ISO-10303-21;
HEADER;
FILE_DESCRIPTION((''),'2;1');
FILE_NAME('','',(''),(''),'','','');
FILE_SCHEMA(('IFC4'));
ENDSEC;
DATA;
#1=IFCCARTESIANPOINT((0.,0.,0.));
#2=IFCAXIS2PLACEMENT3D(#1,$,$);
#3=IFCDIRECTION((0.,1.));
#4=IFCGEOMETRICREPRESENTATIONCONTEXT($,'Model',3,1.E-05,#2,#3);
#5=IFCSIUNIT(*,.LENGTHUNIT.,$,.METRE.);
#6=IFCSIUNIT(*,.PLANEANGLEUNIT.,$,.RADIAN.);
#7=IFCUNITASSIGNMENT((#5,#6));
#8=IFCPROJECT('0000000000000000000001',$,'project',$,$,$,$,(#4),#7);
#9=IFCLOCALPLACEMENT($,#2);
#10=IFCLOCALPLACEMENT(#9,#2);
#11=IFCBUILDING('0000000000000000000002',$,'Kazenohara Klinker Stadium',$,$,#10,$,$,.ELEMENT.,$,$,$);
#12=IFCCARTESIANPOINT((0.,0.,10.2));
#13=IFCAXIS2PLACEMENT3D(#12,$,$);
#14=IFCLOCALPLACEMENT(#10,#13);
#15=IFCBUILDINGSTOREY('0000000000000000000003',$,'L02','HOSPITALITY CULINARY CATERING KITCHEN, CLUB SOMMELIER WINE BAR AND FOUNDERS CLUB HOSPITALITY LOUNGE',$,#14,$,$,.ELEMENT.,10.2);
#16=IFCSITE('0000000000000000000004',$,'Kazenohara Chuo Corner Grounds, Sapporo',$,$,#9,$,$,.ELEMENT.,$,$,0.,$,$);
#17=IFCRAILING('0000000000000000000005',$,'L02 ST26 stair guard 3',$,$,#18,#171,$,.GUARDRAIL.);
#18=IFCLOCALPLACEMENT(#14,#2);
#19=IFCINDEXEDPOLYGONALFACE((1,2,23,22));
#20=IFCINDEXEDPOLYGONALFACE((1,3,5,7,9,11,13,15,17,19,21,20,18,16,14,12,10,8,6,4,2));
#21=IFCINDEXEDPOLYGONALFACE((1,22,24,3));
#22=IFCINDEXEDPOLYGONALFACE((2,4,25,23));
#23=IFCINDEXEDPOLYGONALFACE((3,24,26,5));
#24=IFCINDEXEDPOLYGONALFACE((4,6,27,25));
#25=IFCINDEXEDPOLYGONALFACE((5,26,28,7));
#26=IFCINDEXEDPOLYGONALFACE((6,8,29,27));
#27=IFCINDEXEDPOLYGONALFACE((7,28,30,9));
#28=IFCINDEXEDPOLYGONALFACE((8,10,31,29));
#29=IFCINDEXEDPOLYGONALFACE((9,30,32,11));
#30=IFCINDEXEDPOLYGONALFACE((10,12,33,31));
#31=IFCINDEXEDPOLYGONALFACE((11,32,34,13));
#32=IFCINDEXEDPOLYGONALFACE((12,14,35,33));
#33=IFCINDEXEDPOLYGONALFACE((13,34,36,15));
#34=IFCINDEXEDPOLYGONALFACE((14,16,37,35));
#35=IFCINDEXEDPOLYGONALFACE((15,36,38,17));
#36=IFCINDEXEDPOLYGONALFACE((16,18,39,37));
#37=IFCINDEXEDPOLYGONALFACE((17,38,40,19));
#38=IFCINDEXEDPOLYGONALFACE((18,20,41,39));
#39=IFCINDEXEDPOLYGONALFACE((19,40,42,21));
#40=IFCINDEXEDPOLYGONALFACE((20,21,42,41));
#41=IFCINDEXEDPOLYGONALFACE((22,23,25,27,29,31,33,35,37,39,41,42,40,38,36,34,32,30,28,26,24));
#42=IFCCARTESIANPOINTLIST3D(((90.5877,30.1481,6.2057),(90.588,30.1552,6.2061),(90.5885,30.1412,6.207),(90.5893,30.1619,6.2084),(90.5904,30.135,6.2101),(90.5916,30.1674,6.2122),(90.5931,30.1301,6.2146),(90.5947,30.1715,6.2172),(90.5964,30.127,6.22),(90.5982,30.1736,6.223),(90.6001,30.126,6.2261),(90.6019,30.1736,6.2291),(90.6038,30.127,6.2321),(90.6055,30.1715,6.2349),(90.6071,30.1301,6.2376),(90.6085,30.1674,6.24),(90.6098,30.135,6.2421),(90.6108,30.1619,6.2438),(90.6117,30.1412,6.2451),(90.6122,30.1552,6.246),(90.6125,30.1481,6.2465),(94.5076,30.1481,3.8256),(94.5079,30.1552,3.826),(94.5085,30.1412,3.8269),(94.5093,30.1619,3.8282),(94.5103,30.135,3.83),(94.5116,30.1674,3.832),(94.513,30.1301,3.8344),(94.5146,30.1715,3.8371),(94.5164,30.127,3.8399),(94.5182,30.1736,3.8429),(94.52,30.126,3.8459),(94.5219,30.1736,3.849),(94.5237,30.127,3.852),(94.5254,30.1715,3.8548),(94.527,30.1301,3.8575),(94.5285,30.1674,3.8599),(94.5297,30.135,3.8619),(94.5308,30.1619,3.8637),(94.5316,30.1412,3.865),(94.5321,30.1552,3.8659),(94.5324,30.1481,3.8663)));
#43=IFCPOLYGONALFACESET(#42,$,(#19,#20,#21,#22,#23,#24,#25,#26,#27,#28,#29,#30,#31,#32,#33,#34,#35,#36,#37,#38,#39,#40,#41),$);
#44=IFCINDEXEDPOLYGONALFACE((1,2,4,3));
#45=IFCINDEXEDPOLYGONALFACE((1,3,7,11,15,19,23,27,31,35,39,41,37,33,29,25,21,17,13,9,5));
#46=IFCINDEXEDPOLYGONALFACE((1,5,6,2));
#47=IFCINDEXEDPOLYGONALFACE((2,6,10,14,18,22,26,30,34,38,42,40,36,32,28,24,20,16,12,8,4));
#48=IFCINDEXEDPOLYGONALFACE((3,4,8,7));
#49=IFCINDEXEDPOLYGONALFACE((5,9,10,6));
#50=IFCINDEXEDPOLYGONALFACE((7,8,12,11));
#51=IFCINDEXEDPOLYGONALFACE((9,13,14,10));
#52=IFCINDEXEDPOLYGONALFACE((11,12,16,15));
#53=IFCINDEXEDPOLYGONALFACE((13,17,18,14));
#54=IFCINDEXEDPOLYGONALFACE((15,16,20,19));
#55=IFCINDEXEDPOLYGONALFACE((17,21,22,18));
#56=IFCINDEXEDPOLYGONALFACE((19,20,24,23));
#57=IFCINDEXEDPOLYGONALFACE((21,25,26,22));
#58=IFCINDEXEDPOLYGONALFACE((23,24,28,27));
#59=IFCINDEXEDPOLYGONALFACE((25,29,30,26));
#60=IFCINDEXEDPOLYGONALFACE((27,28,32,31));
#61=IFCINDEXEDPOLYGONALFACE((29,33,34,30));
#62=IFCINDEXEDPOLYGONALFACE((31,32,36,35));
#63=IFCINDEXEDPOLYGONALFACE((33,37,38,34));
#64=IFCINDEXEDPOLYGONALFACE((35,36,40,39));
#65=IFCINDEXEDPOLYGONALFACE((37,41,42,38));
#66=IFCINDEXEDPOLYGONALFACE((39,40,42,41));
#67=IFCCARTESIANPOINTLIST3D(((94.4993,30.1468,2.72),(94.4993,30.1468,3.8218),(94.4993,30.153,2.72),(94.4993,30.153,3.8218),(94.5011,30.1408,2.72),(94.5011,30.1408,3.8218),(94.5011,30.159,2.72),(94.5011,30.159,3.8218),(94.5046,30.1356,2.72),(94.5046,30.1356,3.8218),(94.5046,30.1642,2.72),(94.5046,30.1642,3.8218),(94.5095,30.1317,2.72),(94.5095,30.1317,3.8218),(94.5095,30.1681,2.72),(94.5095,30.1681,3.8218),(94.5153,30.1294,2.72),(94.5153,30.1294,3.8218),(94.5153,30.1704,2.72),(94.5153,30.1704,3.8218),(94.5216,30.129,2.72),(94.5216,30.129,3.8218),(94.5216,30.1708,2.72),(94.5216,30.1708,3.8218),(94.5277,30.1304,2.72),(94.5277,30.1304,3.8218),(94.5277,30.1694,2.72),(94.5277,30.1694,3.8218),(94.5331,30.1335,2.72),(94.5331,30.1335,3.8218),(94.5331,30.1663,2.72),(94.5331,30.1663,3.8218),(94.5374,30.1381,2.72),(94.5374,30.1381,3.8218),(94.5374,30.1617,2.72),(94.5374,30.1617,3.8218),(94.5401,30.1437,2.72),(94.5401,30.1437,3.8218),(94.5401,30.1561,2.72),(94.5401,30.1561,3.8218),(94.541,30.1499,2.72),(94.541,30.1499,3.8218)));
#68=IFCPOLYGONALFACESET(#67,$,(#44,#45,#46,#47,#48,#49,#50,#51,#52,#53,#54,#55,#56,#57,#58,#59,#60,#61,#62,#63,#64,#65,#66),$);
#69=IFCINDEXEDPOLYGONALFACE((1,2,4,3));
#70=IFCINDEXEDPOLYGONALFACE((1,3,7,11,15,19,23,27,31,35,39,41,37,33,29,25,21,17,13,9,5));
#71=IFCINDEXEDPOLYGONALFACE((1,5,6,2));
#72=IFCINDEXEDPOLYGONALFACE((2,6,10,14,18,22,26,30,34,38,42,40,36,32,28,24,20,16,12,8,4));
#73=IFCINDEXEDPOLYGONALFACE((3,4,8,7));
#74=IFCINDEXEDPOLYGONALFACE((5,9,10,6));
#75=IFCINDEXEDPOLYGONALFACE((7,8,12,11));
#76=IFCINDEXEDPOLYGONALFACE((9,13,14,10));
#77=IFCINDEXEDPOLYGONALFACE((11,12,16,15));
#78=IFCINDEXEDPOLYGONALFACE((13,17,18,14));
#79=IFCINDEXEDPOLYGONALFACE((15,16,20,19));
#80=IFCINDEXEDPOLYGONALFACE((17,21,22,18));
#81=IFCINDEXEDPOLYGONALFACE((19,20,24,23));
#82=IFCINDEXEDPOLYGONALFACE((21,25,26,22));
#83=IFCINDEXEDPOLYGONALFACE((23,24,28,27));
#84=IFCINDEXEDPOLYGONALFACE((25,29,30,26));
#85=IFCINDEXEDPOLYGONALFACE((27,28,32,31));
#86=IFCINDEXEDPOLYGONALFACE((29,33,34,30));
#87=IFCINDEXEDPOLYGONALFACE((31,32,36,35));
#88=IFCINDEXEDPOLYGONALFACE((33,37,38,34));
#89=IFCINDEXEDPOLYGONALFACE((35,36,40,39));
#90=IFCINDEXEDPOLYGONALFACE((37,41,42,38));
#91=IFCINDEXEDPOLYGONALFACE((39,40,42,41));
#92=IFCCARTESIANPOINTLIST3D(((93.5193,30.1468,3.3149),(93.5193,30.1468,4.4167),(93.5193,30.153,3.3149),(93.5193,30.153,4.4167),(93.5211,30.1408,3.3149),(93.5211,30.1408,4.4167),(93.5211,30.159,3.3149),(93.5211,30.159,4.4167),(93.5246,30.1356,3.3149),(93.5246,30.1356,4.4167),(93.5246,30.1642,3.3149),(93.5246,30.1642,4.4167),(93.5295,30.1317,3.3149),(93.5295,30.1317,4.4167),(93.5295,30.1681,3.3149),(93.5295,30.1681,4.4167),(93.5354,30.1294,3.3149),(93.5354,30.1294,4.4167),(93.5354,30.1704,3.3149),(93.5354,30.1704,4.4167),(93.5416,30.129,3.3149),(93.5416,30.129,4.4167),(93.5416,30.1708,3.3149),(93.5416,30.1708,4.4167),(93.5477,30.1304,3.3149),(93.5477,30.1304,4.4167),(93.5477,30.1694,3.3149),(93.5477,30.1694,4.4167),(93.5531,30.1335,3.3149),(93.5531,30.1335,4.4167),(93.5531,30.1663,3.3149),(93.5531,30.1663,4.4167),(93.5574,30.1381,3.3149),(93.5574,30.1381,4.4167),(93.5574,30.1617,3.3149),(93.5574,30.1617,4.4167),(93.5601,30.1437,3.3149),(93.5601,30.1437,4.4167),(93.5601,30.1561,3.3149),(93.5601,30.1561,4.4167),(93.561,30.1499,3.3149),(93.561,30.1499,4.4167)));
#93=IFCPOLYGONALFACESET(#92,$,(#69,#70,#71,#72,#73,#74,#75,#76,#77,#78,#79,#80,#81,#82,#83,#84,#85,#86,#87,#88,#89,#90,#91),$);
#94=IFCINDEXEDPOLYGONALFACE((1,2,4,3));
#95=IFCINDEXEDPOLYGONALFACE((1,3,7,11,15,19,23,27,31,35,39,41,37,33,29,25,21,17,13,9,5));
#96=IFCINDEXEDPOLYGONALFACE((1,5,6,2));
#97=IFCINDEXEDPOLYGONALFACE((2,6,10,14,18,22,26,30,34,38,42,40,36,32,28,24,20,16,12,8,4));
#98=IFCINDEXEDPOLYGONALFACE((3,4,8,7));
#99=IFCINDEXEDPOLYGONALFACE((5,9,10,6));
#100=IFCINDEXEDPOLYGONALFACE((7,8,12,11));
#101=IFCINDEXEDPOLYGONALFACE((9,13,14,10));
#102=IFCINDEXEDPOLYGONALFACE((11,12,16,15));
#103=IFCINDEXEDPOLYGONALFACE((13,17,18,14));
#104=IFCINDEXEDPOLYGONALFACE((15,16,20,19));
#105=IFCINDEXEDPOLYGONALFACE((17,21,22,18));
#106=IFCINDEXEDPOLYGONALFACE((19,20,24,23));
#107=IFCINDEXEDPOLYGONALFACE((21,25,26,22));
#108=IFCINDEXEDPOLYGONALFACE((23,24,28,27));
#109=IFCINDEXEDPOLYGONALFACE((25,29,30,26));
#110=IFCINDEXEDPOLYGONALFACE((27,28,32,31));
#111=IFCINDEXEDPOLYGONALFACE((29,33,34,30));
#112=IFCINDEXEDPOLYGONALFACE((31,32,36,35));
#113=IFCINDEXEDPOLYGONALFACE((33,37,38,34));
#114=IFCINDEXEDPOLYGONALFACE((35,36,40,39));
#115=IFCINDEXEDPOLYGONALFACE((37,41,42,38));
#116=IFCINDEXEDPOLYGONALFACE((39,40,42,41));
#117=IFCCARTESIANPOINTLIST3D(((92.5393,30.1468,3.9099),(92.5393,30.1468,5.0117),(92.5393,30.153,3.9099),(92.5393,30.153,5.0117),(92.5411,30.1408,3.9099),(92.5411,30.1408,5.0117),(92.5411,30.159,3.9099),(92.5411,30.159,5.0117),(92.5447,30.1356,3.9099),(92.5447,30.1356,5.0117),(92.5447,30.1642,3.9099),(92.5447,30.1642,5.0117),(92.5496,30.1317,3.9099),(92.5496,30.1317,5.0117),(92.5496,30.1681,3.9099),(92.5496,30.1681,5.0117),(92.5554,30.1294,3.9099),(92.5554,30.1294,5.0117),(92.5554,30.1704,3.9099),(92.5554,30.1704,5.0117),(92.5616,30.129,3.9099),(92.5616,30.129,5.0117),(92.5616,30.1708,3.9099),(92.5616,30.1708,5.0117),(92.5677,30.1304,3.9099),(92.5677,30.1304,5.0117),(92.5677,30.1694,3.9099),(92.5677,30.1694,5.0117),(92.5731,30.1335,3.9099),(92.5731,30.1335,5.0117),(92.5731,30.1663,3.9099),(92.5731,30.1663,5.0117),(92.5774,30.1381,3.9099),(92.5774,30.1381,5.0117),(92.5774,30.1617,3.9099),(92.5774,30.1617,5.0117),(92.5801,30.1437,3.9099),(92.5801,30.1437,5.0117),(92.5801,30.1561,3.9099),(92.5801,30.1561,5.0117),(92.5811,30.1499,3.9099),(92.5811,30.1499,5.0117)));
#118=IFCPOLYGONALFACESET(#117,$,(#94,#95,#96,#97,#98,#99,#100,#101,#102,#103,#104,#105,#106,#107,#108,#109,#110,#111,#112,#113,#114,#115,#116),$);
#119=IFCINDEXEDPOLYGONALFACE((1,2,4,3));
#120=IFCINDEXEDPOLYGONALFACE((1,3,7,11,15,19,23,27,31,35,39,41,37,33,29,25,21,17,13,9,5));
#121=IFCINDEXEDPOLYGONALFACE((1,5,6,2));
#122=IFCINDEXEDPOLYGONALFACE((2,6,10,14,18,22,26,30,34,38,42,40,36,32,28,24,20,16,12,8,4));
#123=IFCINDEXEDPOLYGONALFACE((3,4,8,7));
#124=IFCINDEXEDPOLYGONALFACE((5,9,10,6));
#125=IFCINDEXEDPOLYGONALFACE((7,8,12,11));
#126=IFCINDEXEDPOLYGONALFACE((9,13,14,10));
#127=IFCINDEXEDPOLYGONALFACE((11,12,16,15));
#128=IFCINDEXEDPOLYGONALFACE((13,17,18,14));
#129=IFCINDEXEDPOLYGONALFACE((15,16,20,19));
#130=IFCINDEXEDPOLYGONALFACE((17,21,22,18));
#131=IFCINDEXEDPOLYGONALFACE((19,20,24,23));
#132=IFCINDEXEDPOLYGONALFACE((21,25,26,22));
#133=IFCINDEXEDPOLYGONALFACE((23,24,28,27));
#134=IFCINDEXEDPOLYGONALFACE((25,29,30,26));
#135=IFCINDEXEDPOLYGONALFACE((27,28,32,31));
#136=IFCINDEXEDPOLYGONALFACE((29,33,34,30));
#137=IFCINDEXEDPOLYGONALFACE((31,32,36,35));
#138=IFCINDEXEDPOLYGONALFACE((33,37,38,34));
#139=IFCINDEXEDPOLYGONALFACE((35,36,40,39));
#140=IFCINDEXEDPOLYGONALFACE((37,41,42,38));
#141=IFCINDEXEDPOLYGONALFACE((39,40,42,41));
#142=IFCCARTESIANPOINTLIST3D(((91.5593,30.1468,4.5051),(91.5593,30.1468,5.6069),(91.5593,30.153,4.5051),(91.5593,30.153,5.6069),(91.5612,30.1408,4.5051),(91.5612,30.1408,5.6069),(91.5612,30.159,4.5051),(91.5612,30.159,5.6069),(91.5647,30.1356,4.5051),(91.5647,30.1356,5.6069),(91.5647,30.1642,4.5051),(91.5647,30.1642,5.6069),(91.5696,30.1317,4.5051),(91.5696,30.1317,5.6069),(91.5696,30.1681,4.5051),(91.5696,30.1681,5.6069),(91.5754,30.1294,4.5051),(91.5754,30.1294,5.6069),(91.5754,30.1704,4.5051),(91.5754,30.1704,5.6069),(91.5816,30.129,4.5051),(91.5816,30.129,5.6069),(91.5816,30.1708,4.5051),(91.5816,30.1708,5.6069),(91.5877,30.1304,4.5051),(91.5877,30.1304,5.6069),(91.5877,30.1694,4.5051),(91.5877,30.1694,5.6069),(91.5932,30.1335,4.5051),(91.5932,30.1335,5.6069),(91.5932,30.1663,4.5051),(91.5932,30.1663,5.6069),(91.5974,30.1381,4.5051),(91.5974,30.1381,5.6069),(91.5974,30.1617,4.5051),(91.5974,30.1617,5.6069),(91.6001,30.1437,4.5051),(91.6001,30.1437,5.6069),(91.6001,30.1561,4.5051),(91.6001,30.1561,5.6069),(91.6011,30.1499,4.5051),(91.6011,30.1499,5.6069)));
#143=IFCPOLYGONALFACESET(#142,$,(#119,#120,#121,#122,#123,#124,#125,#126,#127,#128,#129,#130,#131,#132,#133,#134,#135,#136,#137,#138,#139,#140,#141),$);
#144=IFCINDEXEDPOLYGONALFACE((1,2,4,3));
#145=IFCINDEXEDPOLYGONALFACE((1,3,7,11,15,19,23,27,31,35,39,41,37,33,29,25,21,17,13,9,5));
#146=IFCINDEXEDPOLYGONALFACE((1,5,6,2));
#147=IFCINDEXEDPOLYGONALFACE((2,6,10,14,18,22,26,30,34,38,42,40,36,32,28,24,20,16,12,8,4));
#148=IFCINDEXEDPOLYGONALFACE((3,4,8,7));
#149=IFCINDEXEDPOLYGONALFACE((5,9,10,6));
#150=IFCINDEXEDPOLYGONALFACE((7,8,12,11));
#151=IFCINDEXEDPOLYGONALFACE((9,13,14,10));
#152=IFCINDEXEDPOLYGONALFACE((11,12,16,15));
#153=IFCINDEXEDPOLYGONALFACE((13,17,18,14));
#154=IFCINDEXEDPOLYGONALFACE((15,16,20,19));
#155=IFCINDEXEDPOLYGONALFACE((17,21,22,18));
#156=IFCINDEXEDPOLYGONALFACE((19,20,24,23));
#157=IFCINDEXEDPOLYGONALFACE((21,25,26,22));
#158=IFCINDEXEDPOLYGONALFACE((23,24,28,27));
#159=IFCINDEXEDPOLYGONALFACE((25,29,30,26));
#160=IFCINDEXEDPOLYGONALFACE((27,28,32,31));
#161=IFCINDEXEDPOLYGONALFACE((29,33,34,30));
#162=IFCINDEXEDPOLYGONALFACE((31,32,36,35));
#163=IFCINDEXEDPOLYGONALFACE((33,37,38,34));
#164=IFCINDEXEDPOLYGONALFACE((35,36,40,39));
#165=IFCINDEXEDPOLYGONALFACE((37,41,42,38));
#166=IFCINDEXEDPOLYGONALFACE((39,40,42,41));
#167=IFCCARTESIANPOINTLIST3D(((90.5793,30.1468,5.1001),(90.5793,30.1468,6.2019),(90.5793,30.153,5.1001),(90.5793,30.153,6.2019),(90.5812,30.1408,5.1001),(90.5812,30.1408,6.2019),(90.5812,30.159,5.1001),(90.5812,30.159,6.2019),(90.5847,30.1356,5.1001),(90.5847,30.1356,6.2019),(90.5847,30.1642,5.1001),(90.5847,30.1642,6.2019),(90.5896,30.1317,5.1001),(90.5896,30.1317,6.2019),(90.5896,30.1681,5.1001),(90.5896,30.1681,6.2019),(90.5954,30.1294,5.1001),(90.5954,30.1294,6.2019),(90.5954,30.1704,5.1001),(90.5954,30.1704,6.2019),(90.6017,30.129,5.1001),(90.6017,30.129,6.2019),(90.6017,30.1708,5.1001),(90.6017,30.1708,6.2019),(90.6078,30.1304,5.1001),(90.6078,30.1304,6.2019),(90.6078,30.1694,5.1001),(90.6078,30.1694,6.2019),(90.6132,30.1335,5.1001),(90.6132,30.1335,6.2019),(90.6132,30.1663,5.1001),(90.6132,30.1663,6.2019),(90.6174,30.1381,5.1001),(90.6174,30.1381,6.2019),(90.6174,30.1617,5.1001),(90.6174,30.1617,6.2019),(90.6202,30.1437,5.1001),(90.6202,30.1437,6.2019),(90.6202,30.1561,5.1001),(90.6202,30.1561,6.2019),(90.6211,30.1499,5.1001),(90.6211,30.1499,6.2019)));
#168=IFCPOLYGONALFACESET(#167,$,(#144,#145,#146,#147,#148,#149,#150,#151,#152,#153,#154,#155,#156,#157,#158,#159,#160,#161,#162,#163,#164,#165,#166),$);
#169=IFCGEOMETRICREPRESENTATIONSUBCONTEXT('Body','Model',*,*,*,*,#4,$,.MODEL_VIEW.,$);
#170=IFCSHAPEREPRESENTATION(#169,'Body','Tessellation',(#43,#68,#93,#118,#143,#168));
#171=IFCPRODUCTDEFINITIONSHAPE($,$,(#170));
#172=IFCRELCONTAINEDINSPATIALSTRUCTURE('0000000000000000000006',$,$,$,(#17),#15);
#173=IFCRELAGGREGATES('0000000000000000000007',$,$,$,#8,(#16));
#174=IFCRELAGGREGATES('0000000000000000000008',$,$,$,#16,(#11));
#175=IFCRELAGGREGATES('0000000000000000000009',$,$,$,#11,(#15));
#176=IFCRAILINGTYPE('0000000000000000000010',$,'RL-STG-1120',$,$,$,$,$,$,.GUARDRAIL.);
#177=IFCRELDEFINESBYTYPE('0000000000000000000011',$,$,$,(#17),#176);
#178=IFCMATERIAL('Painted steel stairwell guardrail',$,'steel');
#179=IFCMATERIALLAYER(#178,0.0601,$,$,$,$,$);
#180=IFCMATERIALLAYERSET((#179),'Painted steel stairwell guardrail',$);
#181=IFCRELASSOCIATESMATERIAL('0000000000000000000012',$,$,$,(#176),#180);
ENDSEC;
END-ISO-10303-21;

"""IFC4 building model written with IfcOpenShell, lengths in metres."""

from ifc_helpers import new_model, si_unit, direction, frame, origin, origin_2d, place, context, subcontext, project, spatial, circle, extrude, material, layer, layer_set, type_object, element, save


model = new_model("IFC4")

# Units and contexts
model_context = context("Model", 3, precision=1e-05, world=origin(), true_north=direction((0.0, 1.0)))
body_context = subcontext(model_context, "Body", "Model", "MODEL_VIEW")
ifc_project = project(units=[si_unit("LENGTHUNIT", "METRE"), si_unit("PLANEANGLEUNIT", "RADIAN")], contexts=[model_context])

# Site, building, storey
site_placement = place(None, origin())
site = spatial("IfcSite", under=ifc_project, at=site_placement, Name="Kazenohara Chuo Corner Grounds, Sapporo", CompositionType="ELEMENT", RefElevation=0.0)
building_placement = place(site_placement, origin())
building = spatial("IfcBuilding", under=site, at=building_placement, Name="Kazenohara Klinker Stadium", CompositionType="ELEMENT")
storey_placement = place(building_placement, frame((0.0, 0.0, 10.2)))
storey = spatial("IfcBuildingStorey", under=building, at=storey_placement, Name="L02", Description="HOSPITALITY CULINARY CATERING KITCHEN, CLUB SOMMELIER WINE BAR AND FOUNDERS CLUB HOSPITALITY LOUNGE", CompositionType="ELEMENT", Elevation=10.2)

# Railing
ifc_material_1 = material(Name="Painted steel stairwell guardrail", Category="steel")
ifc_layer_1 = layer(ifc_material_1, 0.0601)
ifc_layer_set_1 = layer_set([ifc_layer_1], Name="Painted steel stairwell guardrail")
railing_type_1 = type_object("IfcRailingType", Name="RL-STG-1120", PredefinedType="GUARDRAIL", material=ifc_layer_set_1)
railing_1_placement = place(storey_placement, frame((94.52, 30.1499, 2.72)))
element("IfcRailing", 1, at=railing_1_placement, inside=storey, type_object=railing_type_1, Name="L02 ST26 stair guard 3", PredefinedType="GUARDRAIL", context=body_context, shape_type="SweptSolid", body=[
    extrude(circle(Radius=0.0239, at=origin_2d()), frame((0.0, 0.0, 1.126), z_axis=(-0.854771, 0.0, 0.519006), x_axis=(0.0, -1.0, 0.0)), (0.0, 0.0, 1.0), 4.5859),
    extrude(circle(Radius=0.021, at=origin_2d()), origin(), (0.0, 0.0, 1.0), 1.1018),
    extrude(circle(Radius=0.021, at=origin_2d()), frame((-0.98, 0.0, 0.595)), (0.0, 0.0, 1.0), 1.1018),
    extrude(circle(Radius=0.021, at=origin_2d()), frame((-1.96, 0.0, 1.1899)), (0.0, 0.0, 1.0), 1.1018),
    extrude(circle(Radius=0.021, at=origin_2d()), frame((-2.9399, 0.0, 1.7852)), (0.0, 0.0, 1.0), 1.1018),
    extrude(circle(Radius=0.021, at=origin_2d()), frame((-3.9199, 0.0, 2.3801)), (0.0, 0.0, 1.0), 1.1018),
])

save(model, "model.ifc")
